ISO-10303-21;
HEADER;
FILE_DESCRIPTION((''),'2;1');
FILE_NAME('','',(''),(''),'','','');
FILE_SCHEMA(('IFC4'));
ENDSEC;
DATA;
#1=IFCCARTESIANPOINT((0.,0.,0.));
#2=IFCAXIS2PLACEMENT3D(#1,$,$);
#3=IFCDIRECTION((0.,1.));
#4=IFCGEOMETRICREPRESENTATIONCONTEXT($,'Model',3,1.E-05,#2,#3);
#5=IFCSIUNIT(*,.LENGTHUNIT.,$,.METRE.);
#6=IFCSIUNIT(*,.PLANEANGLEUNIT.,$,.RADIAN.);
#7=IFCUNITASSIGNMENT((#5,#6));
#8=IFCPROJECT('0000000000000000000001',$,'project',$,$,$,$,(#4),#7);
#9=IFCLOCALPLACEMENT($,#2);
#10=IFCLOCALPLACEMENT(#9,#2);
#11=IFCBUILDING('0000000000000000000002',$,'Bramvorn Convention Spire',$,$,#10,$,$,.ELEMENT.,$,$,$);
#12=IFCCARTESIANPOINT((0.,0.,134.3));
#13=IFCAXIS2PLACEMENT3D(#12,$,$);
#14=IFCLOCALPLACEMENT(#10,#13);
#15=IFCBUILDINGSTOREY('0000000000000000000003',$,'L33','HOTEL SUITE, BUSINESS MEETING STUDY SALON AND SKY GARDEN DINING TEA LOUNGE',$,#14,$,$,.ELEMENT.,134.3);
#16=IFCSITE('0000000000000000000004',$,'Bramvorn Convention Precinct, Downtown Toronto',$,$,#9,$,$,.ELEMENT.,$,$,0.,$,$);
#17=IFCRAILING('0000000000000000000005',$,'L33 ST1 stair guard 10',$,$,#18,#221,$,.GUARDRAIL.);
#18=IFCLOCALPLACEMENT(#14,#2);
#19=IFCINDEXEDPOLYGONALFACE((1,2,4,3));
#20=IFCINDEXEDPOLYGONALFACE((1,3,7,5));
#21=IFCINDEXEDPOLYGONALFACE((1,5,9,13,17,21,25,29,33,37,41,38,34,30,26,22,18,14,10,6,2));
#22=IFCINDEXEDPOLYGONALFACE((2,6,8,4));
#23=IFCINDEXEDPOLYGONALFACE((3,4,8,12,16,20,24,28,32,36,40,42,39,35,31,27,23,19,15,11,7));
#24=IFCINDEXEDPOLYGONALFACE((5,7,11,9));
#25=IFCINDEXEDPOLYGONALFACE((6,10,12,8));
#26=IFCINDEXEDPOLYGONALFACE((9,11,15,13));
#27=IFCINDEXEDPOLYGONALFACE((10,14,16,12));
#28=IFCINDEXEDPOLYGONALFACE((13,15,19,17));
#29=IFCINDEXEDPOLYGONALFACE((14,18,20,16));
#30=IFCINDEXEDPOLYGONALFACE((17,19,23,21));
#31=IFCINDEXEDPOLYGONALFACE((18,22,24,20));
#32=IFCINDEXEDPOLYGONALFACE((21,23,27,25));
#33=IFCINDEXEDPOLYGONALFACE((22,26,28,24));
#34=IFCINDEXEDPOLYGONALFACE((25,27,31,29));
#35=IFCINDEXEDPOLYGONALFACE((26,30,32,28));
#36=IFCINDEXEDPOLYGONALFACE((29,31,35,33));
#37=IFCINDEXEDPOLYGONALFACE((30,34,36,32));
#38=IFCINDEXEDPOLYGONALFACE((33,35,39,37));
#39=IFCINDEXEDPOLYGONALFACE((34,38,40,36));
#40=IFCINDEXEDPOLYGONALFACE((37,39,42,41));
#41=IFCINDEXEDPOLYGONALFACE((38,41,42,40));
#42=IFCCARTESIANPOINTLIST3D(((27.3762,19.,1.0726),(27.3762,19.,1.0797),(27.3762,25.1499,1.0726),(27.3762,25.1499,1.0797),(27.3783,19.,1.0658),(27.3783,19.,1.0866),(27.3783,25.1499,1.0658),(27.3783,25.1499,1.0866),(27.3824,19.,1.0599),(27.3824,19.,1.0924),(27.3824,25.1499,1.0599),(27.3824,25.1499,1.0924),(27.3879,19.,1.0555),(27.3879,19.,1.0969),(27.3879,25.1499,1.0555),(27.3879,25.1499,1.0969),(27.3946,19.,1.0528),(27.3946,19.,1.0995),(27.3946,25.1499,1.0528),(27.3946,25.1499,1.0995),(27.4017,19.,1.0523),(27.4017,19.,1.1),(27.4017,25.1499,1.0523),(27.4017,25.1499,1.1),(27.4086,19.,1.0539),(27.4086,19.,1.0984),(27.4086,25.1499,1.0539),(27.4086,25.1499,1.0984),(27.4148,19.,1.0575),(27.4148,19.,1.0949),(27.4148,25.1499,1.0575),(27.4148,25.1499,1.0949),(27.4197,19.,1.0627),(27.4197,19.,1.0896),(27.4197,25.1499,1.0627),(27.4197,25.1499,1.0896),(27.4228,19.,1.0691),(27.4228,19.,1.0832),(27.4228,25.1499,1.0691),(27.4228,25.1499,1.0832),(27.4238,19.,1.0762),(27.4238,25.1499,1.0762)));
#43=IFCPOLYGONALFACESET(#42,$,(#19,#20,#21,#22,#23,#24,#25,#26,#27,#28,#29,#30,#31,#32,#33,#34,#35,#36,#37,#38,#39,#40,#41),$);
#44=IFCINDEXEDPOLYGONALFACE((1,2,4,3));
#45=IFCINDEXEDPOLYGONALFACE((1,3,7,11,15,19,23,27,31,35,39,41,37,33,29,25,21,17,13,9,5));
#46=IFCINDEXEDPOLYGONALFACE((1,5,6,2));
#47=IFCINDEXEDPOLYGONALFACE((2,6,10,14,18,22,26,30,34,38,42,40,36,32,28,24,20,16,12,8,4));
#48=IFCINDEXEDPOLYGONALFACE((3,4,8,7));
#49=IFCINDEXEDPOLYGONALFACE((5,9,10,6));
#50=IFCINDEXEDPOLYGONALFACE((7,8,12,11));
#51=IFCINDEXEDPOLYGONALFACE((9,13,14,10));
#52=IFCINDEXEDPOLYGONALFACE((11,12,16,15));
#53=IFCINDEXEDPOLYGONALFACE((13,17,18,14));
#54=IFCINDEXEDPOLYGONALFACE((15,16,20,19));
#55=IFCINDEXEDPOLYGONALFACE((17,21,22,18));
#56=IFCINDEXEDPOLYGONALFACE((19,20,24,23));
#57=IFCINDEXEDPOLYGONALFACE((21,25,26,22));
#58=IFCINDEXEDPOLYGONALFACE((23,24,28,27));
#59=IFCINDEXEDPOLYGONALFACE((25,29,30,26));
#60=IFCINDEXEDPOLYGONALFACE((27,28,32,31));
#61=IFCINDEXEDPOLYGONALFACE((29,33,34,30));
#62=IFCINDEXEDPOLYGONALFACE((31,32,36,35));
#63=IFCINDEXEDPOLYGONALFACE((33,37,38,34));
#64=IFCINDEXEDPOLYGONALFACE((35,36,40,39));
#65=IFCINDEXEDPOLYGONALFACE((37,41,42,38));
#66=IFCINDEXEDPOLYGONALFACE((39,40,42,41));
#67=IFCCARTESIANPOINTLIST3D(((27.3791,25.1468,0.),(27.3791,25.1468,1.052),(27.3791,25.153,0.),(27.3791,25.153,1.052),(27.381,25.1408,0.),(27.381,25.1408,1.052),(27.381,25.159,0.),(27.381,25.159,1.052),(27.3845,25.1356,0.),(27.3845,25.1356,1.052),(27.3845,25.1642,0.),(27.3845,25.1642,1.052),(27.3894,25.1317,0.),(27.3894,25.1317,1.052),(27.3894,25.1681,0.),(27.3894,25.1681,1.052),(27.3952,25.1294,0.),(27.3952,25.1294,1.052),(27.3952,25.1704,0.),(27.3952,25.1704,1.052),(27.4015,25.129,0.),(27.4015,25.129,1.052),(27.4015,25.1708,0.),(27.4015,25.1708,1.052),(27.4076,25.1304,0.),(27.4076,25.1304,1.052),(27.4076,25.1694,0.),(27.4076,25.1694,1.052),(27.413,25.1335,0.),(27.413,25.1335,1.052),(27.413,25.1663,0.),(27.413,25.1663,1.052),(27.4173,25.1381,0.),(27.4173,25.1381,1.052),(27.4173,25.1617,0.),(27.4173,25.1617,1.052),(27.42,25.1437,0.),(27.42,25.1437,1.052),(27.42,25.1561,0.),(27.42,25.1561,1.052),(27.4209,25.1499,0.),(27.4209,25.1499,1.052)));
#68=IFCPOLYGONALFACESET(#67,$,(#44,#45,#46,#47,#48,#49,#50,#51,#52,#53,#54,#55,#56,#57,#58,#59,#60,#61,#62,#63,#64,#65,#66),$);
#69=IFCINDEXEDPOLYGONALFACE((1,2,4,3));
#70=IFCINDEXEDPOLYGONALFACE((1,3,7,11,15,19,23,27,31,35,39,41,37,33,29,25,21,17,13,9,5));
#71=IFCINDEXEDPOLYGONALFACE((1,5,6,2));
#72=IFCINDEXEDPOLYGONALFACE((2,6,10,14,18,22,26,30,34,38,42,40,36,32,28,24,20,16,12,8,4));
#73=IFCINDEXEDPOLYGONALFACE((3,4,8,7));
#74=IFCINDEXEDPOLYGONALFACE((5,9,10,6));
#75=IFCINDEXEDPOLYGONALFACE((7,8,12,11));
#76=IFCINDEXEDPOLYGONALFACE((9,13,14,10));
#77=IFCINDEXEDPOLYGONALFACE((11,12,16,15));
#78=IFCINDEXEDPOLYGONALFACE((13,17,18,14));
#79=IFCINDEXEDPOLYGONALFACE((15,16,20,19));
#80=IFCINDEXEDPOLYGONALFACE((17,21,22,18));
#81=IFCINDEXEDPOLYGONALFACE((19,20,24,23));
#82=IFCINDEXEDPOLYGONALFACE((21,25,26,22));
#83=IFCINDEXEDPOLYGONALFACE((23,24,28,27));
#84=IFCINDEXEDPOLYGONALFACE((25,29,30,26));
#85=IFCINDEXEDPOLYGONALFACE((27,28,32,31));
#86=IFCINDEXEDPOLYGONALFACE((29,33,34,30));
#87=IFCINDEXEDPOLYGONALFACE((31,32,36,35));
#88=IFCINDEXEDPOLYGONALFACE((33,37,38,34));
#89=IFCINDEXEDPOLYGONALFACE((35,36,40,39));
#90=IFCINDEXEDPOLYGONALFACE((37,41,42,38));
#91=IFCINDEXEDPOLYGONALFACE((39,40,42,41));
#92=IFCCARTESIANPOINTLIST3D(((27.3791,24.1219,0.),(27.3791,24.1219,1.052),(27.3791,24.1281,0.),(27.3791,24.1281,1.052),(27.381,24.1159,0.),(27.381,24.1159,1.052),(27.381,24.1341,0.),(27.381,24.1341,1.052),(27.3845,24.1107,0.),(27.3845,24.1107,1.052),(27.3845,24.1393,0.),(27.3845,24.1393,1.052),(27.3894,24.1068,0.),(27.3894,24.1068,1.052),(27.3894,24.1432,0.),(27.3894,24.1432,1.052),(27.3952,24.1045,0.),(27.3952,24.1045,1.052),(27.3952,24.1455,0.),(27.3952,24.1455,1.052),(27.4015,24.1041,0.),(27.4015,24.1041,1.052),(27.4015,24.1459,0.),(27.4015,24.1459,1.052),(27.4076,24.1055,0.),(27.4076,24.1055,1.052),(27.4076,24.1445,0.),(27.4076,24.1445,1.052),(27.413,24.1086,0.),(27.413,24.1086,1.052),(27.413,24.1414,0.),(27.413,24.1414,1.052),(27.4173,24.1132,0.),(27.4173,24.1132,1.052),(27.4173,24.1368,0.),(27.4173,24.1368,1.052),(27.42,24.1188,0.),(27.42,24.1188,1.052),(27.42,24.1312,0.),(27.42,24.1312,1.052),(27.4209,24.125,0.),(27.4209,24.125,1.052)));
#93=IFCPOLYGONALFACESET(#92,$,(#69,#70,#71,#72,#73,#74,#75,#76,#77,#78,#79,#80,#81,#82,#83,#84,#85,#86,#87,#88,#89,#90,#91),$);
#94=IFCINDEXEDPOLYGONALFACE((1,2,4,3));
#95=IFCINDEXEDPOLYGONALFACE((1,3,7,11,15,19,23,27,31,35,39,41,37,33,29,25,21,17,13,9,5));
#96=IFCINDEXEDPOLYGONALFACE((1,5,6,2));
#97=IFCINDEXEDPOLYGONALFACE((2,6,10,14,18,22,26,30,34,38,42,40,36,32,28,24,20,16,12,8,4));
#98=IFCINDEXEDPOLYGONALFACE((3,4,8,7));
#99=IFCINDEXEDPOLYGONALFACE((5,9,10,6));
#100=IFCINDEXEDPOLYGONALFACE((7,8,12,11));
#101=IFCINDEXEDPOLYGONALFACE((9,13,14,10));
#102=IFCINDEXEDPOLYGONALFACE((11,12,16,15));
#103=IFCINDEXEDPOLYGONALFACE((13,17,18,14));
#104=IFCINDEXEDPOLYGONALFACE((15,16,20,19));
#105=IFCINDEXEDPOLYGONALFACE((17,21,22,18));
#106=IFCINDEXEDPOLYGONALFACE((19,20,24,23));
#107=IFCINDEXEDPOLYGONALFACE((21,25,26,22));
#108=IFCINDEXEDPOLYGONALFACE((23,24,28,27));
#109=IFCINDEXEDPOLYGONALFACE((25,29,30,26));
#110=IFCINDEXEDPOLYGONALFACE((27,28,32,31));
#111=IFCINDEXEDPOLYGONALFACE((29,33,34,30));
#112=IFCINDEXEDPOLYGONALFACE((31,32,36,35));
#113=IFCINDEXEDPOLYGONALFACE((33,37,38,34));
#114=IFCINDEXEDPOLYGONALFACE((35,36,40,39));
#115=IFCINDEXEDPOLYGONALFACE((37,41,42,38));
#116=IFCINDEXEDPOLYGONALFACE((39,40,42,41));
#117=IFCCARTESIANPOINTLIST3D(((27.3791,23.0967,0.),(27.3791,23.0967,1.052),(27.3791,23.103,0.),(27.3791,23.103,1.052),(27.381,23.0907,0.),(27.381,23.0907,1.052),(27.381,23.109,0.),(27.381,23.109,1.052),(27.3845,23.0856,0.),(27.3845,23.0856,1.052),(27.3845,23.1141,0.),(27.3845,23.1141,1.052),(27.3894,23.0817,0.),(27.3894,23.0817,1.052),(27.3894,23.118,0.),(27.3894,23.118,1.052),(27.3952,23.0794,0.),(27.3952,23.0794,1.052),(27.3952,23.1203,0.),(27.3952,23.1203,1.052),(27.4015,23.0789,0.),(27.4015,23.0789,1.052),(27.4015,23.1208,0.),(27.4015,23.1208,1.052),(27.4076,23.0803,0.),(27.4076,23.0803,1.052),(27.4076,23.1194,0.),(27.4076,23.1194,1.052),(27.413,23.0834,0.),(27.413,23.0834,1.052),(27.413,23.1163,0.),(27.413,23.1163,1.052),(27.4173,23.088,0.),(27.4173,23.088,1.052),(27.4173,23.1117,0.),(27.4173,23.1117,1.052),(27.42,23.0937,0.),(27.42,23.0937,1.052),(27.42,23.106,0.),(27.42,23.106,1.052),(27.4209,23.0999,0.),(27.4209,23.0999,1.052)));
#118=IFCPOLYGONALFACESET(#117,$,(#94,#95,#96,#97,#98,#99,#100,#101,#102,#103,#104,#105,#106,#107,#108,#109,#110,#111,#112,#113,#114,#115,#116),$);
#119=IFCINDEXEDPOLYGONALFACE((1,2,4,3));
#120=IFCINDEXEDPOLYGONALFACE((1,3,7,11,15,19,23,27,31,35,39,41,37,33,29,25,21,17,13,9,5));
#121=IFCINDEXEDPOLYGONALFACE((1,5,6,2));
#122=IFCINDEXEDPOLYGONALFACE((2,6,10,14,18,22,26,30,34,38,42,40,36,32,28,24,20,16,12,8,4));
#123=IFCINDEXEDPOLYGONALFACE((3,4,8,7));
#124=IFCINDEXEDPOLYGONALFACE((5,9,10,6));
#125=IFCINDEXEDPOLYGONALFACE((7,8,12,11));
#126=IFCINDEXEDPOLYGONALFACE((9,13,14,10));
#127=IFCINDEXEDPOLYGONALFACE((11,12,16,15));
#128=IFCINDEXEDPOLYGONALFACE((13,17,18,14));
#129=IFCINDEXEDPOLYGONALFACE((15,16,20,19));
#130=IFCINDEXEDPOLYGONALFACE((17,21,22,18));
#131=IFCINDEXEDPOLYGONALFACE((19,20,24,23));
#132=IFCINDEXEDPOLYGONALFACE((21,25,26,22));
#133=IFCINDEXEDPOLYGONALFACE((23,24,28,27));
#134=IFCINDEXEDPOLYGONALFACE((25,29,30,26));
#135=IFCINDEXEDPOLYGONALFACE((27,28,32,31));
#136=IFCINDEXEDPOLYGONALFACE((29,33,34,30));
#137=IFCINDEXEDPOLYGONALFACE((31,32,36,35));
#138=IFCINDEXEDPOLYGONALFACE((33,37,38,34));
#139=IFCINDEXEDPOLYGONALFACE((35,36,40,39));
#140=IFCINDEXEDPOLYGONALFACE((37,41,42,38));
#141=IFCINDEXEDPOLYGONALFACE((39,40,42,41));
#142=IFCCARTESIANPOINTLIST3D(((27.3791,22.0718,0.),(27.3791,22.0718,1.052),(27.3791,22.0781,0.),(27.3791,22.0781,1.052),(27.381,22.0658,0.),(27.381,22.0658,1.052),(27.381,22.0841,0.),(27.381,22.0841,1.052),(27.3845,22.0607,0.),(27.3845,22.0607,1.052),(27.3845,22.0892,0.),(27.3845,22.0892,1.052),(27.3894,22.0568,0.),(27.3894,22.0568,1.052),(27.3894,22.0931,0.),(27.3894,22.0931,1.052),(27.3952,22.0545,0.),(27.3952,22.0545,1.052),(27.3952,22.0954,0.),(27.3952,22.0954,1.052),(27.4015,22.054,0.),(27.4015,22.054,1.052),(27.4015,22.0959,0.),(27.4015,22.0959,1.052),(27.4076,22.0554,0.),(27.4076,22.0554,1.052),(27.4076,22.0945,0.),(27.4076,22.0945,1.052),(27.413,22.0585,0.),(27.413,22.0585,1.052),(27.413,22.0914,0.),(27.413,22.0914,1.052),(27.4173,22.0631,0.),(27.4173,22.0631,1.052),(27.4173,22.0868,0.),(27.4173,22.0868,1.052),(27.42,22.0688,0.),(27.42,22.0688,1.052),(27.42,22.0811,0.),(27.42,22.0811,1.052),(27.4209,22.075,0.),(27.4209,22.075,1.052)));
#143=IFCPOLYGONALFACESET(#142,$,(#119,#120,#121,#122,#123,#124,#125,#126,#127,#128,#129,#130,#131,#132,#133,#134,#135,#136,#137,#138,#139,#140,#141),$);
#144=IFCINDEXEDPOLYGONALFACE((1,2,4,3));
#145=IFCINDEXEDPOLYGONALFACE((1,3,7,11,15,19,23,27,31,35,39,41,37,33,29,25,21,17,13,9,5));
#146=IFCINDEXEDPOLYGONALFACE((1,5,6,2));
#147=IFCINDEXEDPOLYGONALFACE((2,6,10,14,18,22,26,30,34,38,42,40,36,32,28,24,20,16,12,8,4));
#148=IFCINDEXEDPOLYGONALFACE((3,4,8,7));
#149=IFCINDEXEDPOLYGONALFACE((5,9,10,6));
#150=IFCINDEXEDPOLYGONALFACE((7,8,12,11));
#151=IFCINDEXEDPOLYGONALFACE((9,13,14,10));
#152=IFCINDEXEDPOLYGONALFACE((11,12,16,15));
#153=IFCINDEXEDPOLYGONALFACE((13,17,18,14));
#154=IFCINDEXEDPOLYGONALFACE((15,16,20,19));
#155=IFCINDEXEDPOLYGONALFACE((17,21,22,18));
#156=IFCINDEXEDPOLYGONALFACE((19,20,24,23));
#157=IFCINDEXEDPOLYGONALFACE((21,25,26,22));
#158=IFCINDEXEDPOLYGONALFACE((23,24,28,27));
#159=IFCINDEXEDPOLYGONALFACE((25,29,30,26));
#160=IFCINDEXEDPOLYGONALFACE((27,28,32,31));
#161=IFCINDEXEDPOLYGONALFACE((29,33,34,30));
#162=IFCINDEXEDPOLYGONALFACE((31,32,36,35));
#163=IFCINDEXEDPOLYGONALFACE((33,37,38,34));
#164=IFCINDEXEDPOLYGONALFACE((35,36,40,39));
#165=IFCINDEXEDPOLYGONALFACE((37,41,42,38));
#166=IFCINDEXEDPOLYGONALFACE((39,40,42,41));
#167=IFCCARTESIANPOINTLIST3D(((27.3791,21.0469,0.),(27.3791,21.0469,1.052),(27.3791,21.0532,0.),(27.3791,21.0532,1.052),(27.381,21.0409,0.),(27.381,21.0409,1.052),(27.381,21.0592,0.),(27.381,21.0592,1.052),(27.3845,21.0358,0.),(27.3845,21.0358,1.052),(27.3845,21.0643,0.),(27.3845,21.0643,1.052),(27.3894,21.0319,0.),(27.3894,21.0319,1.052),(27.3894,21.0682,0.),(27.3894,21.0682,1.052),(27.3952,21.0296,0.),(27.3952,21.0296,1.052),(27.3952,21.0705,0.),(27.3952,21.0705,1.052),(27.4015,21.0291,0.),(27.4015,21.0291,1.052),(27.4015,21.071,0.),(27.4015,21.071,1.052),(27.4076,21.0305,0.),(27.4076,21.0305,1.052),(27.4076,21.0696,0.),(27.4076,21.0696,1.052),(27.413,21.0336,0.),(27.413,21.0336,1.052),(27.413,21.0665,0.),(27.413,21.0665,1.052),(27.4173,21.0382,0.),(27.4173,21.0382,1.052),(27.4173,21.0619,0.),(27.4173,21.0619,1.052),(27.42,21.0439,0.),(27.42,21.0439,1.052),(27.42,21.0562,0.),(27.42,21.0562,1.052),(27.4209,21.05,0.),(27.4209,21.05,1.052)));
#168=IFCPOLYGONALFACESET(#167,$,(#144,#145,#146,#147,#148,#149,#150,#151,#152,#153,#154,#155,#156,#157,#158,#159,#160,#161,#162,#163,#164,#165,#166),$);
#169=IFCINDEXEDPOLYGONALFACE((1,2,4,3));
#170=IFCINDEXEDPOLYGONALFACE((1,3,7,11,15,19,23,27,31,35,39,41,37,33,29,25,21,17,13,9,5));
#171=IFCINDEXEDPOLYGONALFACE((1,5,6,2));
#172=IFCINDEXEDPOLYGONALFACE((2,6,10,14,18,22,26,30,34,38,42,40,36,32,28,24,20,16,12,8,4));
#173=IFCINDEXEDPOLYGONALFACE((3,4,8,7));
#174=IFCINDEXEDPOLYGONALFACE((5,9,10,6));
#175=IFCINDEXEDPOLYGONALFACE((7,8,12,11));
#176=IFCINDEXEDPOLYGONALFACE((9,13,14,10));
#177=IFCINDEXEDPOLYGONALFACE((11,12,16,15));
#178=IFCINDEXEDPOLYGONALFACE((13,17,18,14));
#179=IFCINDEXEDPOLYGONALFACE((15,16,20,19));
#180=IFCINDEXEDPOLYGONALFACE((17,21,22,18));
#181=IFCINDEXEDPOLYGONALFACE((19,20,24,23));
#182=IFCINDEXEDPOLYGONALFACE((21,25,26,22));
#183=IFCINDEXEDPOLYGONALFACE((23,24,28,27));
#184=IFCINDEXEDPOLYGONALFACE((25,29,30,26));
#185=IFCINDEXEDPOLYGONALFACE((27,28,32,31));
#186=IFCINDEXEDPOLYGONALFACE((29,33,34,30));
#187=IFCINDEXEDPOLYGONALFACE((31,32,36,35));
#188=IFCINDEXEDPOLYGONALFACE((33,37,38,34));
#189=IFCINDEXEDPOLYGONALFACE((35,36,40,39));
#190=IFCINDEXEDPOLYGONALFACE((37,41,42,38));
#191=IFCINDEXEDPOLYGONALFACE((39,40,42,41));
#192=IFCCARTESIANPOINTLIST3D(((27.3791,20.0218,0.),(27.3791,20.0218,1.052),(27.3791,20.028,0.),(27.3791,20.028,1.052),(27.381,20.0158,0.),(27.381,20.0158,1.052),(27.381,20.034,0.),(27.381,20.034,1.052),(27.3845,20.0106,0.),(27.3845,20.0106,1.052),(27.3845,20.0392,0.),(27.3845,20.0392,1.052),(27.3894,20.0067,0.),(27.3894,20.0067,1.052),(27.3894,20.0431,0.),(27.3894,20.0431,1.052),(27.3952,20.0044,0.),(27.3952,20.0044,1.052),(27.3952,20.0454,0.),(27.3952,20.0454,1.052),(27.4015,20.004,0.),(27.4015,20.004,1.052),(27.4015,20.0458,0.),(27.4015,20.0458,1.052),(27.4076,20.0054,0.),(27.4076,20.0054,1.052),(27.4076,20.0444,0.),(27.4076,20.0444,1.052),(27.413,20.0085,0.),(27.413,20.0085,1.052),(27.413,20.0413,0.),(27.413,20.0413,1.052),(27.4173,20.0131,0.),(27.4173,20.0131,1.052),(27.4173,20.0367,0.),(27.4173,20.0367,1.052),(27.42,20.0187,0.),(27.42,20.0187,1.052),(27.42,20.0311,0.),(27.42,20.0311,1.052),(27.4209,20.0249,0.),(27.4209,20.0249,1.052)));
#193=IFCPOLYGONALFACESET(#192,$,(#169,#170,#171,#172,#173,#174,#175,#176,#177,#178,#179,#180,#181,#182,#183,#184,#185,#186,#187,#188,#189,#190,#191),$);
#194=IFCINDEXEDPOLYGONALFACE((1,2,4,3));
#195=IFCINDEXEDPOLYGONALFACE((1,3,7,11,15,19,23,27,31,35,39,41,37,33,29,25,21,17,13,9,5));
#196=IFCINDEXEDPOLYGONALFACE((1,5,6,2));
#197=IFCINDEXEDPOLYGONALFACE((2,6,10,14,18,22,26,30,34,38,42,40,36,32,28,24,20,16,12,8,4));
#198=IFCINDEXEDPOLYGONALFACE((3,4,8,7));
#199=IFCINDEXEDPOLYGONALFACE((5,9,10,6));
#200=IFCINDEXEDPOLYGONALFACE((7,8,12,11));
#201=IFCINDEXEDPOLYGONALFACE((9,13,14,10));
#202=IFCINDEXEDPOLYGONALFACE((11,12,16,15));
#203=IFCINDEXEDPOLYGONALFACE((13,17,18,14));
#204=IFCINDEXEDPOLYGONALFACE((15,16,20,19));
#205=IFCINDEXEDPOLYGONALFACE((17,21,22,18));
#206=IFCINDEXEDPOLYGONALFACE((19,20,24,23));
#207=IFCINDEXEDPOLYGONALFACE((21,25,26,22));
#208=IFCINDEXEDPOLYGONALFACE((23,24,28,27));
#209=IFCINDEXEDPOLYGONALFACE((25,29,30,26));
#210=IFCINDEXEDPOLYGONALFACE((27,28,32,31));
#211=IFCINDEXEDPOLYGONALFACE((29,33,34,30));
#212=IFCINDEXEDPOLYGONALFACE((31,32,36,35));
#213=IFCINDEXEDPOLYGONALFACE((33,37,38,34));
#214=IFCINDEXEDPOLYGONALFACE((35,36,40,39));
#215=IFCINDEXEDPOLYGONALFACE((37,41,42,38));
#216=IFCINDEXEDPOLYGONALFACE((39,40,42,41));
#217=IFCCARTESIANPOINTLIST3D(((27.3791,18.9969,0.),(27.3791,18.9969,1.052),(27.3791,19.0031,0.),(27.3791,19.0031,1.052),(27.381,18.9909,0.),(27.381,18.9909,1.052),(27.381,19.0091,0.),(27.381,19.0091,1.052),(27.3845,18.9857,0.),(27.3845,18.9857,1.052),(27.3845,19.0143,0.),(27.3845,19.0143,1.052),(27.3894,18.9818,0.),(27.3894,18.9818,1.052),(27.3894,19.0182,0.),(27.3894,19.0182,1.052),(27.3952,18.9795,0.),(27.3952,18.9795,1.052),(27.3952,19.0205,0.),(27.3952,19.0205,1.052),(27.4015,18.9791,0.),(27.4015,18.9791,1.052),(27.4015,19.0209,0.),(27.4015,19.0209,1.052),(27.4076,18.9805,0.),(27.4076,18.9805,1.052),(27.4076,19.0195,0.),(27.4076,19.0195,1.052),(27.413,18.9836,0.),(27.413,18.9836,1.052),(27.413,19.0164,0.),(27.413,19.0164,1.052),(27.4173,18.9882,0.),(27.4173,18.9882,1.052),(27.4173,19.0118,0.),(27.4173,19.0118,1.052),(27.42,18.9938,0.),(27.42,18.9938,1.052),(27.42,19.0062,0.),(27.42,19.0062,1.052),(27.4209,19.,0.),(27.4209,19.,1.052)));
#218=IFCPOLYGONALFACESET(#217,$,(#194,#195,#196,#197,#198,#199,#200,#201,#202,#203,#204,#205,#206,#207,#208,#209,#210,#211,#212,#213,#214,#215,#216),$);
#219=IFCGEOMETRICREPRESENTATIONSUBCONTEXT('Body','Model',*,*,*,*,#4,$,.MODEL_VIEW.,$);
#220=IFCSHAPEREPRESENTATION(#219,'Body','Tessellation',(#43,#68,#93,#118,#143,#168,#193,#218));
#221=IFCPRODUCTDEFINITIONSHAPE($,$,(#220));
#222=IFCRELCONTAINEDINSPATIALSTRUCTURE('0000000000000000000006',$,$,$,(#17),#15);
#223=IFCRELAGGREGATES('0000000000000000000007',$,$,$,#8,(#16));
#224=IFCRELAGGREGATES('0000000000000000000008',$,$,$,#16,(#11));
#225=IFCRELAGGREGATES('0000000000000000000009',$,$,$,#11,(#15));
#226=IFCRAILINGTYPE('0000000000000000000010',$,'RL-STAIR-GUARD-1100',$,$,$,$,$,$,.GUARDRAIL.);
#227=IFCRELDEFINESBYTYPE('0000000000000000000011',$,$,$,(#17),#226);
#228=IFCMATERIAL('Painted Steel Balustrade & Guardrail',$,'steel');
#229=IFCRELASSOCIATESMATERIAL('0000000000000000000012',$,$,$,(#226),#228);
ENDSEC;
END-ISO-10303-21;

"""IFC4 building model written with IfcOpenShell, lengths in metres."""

from ifc_helpers import new_model, si_unit, direction, frame, origin, origin_2d, place, context, subcontext, project, spatial, circle, extrude, material, type_object, element, save


model = new_model("IFC4")

# Units and contexts
model_context = context("Model", 3, precision=1e-05, world=origin(), true_north=direction((0.0, 1.0)))
body_context = subcontext(model_context, "Body", "Model", "MODEL_VIEW")
ifc_project = project(units=[si_unit("LENGTHUNIT", "METRE"), si_unit("PLANEANGLEUNIT", "RADIAN")], contexts=[model_context])

# Site, building, storey
site_placement = place(None, origin())
site = spatial("IfcSite", under=ifc_project, at=site_placement, Name="Bramvorn Convention Precinct, Downtown Toronto", CompositionType="ELEMENT", RefElevation=0.0)
building_placement = place(site_placement, origin())
building = spatial("IfcBuilding", under=site, at=building_placement, Name="Bramvorn Convention Spire", CompositionType="ELEMENT")
storey_placement = place(building_placement, frame((0.0, 0.0, 134.3)))
storey = spatial("IfcBuildingStorey", under=building, at=storey_placement, Name="L33", Description="HOTEL SUITE, BUSINESS MEETING STUDY SALON AND SKY GARDEN DINING TEA LOUNGE", CompositionType="ELEMENT", Elevation=134.3)

# Railing
ifc_material_1 = material(Name="Painted Steel Balustrade & Guardrail", Category="steel")
railing_type = type_object("IfcRailingType", Name="RL-STAIR-GUARD-1100", PredefinedType="GUARDRAIL", material=ifc_material_1)
railing_1_placement = place(storey_placement, frame((27.3999, 25.1499, 0.0)))
element("IfcRailing", 1, at=railing_1_placement, inside=storey, type_object=railing_type, Name="L33 ST1 stair guard 10", PredefinedType="GUARDRAIL", context=body_context, shape_type="SweptSolid", body=[
    extrude(circle(Radius=0.0239, at=origin_2d()), frame((0.0, 0.0, 1.0762), z_axis=(0.0, -1.0, 0.0), x_axis=(1.0, 0.0, 0.0)), (0.0, 0.0, 1.0), 6.1499),
    extrude(circle(Radius=0.021, at=origin_2d()), origin(), (0.0, 0.0, 1.0), 1.052),
    extrude(circle(Radius=0.021, at=origin_2d()), frame((0.0, -1.0249, 0.0)), (0.0, 0.0, 1.0), 1.052),
    extrude(circle(Radius=0.021, at=origin_2d()), frame((0.0, -2.05, 0.0)), (0.0, 0.0, 1.0), 1.052),
    extrude(circle(Radius=0.021, at=origin_2d()), frame((0.0, -3.075, 0.0)), (0.0, 0.0, 1.0), 1.052),
    extrude(circle(Radius=0.021, at=origin_2d()), frame((0.0, -4.0999, 0.0)), (0.0, 0.0, 1.0), 1.052),
    extrude(circle(Radius=0.021, at=origin_2d()), frame((0.0, -5.125, 0.0)), (0.0, 0.0, 1.0), 1.052),
    extrude(circle(Radius=0.021, at=origin_2d()), frame((0.0, -6.1499, 0.0)), (0.0, 0.0, 1.0), 1.052),
])

save(model, "model.ifc")
